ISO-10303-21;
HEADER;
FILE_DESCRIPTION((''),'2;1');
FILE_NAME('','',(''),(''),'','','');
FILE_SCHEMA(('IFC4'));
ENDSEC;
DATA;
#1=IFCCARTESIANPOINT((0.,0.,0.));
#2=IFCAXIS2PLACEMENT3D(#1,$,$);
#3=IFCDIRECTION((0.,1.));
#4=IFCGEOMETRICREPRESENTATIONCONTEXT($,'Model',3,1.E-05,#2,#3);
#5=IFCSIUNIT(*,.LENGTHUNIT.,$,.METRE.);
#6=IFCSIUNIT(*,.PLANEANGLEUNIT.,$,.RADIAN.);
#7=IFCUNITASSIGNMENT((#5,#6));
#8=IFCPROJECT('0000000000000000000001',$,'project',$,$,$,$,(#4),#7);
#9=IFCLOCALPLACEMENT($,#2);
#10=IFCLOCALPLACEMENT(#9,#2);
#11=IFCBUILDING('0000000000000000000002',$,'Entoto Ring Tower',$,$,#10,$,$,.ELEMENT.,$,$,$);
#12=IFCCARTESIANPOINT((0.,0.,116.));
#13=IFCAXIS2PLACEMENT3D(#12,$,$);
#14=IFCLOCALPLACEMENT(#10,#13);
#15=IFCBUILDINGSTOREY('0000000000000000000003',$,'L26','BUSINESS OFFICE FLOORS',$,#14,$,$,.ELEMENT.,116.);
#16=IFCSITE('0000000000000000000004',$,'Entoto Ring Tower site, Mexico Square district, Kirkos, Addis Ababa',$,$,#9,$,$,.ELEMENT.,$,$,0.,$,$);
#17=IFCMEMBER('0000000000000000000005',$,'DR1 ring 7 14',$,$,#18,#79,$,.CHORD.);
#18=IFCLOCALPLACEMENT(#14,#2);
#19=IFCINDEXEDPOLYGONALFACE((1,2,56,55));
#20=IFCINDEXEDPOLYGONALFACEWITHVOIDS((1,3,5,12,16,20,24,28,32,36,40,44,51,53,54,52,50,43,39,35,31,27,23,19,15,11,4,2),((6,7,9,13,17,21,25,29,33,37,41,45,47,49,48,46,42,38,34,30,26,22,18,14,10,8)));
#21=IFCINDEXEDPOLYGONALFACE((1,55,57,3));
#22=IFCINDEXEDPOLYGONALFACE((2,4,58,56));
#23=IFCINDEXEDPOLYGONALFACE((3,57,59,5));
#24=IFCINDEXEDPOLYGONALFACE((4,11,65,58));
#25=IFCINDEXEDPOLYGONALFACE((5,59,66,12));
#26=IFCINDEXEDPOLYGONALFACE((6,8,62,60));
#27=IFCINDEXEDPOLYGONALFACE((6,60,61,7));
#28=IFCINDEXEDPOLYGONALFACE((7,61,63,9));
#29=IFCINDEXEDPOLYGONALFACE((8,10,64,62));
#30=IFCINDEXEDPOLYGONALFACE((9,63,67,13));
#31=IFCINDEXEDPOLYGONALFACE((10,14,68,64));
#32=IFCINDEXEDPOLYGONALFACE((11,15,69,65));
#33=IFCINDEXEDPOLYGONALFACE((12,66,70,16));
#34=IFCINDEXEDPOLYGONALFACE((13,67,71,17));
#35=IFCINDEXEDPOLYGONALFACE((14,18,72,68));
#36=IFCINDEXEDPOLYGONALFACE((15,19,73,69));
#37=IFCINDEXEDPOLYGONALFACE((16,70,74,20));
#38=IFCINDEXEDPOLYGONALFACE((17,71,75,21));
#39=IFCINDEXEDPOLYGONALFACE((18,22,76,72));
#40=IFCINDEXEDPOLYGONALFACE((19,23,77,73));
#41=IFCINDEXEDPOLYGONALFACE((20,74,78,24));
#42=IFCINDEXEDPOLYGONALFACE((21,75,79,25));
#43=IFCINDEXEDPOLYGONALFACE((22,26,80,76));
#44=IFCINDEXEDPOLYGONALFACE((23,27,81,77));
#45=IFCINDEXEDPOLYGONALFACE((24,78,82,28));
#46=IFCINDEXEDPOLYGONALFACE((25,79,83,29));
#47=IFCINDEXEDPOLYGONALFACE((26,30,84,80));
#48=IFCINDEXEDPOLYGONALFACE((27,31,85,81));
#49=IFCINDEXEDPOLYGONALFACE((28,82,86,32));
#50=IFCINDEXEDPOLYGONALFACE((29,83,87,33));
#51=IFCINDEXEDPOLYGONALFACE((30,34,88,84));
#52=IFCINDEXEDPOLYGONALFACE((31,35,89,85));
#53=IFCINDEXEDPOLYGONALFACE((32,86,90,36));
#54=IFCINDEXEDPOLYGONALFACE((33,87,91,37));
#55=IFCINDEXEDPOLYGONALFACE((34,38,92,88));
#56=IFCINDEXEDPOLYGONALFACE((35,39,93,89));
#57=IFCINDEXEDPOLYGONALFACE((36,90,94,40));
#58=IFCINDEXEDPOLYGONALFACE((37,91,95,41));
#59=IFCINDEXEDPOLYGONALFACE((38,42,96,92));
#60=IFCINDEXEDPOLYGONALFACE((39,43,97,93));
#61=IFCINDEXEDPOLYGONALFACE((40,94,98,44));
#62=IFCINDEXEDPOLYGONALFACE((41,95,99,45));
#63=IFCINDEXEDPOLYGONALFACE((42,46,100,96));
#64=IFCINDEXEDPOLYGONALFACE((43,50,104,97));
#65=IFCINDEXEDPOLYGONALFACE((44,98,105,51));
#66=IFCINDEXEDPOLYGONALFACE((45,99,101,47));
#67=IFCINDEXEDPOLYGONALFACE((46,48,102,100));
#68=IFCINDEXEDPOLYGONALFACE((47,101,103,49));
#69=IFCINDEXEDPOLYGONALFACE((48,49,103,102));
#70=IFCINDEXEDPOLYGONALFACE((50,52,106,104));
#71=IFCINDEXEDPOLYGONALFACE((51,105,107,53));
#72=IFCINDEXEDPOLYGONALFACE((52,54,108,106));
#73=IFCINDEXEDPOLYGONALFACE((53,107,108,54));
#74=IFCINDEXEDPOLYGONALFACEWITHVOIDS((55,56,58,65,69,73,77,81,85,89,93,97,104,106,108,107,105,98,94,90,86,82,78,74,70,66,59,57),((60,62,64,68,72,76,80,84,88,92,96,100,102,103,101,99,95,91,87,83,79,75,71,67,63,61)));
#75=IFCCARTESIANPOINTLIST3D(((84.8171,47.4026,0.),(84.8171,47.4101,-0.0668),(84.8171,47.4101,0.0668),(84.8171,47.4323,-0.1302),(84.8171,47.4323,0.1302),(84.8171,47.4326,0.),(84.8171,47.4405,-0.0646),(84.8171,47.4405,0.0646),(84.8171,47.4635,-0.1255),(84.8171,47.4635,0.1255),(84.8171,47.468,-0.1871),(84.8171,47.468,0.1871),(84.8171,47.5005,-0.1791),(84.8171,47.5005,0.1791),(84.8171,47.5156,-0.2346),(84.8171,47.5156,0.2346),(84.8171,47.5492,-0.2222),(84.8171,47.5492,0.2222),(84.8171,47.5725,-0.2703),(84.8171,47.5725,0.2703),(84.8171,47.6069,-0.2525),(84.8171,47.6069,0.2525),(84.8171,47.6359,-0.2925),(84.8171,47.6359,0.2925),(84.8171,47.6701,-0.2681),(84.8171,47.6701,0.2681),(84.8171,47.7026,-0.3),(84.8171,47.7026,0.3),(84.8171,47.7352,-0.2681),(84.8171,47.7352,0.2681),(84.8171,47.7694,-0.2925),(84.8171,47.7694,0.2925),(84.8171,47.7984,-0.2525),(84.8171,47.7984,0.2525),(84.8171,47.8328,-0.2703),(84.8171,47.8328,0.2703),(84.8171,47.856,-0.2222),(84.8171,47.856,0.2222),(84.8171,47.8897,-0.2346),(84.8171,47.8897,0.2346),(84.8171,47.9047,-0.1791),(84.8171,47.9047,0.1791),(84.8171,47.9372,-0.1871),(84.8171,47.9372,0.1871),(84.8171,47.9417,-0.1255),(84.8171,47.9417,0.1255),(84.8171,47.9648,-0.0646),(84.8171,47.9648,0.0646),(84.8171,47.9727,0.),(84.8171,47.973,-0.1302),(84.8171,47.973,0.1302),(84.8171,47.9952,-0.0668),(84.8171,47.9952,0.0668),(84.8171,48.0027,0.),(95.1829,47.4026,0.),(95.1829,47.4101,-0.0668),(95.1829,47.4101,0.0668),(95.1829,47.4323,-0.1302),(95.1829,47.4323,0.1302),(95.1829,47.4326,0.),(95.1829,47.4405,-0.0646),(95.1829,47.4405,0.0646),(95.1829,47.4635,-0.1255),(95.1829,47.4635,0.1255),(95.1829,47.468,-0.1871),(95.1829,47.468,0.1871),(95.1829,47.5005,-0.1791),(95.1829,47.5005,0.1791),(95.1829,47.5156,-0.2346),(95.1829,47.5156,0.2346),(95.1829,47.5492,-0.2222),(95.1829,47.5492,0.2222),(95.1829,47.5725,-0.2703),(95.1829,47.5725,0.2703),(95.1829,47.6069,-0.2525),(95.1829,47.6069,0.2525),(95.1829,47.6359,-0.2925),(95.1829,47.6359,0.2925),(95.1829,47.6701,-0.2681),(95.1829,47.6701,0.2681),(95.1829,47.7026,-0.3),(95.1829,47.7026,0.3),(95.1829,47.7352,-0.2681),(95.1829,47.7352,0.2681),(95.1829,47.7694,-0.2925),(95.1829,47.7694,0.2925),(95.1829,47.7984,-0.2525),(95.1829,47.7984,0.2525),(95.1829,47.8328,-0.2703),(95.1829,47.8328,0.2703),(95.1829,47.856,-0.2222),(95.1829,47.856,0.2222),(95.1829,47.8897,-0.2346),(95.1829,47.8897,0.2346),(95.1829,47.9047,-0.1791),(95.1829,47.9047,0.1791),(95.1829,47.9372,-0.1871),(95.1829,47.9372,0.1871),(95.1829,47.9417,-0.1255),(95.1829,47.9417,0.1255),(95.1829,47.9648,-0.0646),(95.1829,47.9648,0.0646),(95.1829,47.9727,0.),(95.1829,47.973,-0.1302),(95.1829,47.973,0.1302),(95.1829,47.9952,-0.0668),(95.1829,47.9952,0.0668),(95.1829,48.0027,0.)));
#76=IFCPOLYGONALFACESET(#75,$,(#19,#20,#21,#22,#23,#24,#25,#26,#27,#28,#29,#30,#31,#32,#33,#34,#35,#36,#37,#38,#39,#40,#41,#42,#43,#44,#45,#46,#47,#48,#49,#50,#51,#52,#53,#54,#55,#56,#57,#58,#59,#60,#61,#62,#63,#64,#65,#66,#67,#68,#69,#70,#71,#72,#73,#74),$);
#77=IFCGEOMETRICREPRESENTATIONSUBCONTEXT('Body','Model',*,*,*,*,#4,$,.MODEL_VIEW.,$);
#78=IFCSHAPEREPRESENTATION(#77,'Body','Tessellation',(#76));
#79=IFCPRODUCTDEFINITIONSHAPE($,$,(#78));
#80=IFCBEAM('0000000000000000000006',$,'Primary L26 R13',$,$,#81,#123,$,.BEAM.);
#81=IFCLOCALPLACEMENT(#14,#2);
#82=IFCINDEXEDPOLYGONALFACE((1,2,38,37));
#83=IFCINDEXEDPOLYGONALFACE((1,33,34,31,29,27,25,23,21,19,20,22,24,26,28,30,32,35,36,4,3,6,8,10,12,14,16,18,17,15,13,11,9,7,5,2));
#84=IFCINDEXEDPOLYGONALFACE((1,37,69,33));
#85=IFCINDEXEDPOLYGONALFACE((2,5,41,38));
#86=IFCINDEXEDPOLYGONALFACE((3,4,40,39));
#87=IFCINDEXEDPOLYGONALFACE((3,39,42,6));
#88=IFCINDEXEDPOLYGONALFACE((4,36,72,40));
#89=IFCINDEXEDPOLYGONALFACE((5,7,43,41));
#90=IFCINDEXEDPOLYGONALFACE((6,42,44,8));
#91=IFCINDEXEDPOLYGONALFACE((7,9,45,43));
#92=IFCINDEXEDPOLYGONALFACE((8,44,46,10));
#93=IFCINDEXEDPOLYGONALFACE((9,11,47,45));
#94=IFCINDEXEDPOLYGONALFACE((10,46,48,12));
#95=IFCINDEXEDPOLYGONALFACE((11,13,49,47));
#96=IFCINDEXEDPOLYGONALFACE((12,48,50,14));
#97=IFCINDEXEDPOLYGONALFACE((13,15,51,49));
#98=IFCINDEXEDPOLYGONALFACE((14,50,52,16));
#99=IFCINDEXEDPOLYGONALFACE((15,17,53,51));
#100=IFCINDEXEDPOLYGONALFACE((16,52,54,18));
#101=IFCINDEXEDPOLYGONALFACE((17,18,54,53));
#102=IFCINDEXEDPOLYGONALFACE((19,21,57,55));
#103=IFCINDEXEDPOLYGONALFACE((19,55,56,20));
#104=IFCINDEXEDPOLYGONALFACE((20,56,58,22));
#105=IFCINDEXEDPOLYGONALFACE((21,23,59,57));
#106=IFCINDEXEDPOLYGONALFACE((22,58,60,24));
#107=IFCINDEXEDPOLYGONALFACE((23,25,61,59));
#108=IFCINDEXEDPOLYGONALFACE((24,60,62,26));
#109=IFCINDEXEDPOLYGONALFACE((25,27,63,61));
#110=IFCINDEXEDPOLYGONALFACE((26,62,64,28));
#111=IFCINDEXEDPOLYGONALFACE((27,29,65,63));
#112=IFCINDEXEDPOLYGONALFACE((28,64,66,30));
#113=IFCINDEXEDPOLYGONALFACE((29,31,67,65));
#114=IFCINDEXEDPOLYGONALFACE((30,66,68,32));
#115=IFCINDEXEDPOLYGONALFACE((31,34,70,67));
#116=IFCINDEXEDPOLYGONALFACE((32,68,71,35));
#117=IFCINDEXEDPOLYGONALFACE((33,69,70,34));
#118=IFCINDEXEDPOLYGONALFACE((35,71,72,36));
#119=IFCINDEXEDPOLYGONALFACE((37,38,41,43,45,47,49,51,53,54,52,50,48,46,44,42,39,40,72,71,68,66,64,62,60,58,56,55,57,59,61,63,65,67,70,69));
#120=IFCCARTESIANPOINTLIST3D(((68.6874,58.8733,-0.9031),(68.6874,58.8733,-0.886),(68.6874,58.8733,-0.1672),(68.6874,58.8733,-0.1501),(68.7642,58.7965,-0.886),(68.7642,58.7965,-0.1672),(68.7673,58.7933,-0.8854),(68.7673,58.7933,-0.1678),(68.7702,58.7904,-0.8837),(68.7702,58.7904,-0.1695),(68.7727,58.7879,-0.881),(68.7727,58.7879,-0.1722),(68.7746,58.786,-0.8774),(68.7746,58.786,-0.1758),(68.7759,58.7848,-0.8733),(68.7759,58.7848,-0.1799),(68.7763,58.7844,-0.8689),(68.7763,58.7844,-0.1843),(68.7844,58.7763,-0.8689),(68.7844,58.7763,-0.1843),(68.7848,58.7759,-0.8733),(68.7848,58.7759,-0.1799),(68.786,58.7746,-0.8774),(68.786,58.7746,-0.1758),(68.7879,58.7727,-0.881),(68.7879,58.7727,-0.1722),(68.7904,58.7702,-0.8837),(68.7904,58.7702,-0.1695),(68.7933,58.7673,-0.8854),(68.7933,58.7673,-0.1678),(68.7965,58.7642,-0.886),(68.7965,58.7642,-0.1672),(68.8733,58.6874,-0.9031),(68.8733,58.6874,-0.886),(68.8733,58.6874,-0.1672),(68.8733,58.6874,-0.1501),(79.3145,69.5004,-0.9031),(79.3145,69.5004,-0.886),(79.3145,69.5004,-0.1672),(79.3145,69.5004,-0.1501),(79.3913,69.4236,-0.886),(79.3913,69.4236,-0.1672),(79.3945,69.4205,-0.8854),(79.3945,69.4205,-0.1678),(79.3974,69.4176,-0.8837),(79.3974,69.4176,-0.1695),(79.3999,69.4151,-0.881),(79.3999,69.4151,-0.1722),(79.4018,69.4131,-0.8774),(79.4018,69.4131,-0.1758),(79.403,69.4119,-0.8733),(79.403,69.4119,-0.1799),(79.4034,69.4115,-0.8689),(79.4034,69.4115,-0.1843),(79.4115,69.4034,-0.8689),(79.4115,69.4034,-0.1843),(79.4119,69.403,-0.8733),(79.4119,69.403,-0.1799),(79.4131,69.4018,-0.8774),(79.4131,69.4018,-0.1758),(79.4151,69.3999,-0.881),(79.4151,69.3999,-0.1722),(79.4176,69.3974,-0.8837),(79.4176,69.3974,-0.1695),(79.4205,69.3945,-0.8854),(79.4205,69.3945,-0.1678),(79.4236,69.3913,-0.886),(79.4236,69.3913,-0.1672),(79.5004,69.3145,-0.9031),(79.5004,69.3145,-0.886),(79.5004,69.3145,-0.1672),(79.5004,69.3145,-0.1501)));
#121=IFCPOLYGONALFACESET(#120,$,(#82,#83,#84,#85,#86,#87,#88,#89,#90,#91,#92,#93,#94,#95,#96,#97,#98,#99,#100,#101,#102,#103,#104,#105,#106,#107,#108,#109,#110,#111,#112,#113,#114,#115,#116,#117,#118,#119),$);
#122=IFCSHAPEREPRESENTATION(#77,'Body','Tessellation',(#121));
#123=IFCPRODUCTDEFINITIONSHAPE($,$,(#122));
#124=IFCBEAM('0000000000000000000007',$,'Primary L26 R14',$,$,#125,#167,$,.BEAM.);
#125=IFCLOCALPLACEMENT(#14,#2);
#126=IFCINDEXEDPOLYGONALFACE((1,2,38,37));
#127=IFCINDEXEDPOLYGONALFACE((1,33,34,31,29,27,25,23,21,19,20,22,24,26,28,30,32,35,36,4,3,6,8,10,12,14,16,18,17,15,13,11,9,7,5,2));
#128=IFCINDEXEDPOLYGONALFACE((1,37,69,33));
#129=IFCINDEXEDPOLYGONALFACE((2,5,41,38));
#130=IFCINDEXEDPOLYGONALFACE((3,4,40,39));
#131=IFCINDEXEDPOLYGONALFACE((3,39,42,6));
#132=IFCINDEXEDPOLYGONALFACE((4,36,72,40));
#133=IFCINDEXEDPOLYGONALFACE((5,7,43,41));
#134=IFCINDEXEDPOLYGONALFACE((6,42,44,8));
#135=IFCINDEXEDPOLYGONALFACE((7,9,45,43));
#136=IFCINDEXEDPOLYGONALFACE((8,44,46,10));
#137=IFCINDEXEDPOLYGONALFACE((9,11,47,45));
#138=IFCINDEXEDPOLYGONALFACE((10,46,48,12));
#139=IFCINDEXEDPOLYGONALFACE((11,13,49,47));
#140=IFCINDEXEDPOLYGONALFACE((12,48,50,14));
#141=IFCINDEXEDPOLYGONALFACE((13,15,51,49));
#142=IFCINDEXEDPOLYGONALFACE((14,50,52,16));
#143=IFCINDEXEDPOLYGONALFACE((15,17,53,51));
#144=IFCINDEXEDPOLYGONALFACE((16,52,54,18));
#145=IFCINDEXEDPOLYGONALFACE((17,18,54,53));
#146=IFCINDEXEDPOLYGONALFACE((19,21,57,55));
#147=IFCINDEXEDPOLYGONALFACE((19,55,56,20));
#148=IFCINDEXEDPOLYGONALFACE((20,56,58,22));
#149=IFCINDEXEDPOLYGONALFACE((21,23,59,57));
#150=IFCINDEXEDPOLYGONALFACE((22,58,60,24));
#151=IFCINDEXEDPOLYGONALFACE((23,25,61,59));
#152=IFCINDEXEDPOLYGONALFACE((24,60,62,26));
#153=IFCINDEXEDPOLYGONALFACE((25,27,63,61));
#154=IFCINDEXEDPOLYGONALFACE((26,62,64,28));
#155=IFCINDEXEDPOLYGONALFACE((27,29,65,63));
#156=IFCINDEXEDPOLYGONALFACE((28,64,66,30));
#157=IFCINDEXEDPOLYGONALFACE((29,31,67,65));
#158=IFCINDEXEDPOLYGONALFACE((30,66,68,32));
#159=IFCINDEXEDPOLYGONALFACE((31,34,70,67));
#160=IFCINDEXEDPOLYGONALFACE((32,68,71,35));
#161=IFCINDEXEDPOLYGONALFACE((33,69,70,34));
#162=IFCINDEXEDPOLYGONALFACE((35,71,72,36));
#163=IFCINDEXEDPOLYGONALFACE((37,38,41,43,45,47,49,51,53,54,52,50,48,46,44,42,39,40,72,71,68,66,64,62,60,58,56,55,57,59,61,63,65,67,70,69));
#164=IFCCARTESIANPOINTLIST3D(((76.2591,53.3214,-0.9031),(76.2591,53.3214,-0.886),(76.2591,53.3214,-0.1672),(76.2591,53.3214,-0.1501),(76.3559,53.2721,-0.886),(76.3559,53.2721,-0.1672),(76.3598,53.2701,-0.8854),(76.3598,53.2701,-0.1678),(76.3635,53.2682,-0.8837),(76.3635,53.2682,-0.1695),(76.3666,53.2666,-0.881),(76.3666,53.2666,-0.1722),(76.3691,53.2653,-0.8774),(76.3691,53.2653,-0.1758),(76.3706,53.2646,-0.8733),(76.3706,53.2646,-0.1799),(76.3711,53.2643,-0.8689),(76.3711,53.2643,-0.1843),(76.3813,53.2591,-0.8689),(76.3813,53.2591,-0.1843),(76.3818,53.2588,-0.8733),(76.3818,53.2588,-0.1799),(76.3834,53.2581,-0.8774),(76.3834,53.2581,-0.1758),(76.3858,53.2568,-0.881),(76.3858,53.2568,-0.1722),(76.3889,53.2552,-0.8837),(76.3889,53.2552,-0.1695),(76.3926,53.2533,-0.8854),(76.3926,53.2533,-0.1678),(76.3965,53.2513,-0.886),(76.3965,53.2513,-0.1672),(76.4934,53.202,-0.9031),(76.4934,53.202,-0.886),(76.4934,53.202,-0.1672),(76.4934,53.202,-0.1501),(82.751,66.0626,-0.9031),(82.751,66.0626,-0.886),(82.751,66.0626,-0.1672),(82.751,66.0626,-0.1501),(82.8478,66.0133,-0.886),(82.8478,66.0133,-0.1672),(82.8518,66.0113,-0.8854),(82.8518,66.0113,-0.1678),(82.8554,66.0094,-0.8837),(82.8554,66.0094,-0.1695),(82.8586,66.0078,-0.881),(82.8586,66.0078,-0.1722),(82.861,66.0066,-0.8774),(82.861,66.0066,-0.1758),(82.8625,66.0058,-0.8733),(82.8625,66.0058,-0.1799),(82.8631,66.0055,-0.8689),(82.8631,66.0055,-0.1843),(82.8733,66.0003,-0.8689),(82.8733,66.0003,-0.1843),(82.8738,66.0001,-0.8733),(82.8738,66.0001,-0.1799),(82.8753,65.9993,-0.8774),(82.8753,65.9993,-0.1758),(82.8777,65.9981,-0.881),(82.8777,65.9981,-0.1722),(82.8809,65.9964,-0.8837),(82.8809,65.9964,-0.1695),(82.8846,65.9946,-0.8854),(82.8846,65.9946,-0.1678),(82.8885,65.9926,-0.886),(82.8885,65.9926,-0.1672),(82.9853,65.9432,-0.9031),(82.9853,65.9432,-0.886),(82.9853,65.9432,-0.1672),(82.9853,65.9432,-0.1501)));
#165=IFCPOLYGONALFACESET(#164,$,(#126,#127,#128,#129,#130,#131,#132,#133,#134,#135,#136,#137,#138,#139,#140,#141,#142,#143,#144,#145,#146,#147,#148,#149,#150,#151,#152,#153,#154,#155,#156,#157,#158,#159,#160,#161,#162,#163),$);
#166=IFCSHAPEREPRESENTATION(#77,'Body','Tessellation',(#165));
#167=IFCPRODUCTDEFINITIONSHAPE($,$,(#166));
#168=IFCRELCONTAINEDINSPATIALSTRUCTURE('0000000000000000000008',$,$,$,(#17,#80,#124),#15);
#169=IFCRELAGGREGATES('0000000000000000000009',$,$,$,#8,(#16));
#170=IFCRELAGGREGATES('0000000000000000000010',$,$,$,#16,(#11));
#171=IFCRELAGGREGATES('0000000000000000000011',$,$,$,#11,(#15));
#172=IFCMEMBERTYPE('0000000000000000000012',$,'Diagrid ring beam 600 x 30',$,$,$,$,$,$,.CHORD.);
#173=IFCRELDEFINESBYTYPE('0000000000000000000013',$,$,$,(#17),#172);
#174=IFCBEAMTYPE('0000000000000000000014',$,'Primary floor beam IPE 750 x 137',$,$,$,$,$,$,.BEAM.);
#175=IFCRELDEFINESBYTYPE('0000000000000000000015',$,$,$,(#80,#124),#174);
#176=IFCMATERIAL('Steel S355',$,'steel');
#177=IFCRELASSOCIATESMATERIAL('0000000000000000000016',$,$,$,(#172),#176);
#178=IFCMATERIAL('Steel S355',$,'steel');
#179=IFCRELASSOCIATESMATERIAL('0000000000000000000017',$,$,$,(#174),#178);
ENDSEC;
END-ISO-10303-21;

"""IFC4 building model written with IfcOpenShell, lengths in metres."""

from ifc_helpers import new_model, si_unit, direction, frame, origin, origin_2d, place, context, subcontext, project, spatial, circle, hollow_circle, i_section, extrude, material, material_profile, profile_set, type_object, element, save


model = new_model("IFC4")

# Units and contexts
model_context = context("Model", 3, precision=1e-05, world=origin(), true_north=direction((0.0, 1.0)))
body_context = subcontext(model_context, "Body", "Model", "MODEL_VIEW")
ifc_project = project(units=[si_unit("LENGTHUNIT", "METRE"), si_unit("PLANEANGLEUNIT", "RADIAN")], contexts=[model_context])

# Site, building, storey
site_placement = place(None, origin())
site = spatial("IfcSite", under=ifc_project, at=site_placement, Name="Entoto Ring Tower site, Mexico Square district, Kirkos, Addis Ababa", CompositionType="ELEMENT", RefElevation=0.0)
building_placement = place(site_placement, origin())
building = spatial("IfcBuilding", under=site, at=building_placement, Name="Entoto Ring Tower", CompositionType="ELEMENT")
storey_placement = place(building_placement, frame((0.0, 0.0, 116.0)))
storey = spatial("IfcBuildingStorey", under=building, at=storey_placement, Name="L26", Description="BUSINESS OFFICE FLOORS", CompositionType="ELEMENT", Elevation=116.0)

# Member
ifc_material_1 = material(Name="Steel S355", Category="steel")
ifc_material_profile_1 = material_profile(ifc_material_1, hollow_circle(Radius=0.3, WallThickness=0.03, at=origin_2d()), Name="CHS 600 x 30")
ifc_material_2 = material(Name="Concrete C60/75", Category="concrete")
ifc_material_profile_2 = material_profile(ifc_material_2, circle(Radius=0.27, at=origin_2d()), Name="Concrete C60/75 infill")
ifc_profile_set_1 = profile_set([ifc_material_profile_1, ifc_material_profile_2], Name="Steel S355")
member_type = type_object("IfcMemberType", Name="Diagrid ring beam 600 x 30", PredefinedType="CHORD", material=ifc_profile_set_1)
member_placement = place(storey_placement, frame((84.8171, 47.7026, 0.0), z_axis=(1.0, 0.0, 0.0), x_axis=(0.0, 1.0, 0.0)))
element("IfcMember", 1, at=member_placement, inside=storey, type_object=member_type, Name="DR1 ring 7 14", PredefinedType="CHORD", context=body_context, shape_type="SweptSolid", body=[
    extrude(hollow_circle(Radius=0.3, WallThickness=0.03, at=origin_2d()), origin(), (0.0, 0.0, 1.0), 10.3657),
])

# Beams
ifc_material_3 = material(Name="Steel S355", Category="steel")
ifc_material_profile_3 = material_profile(ifc_material_3, i_section(OverallWidth=0.2629, OverallDepth=0.7529, WebThickness=0.0115, FlangeThickness=0.0171, FilletRadius=0.0171, at=origin_2d()), Name="IPE 750 x 137")
ifc_profile_set_2 = profile_set([ifc_material_profile_3], Name="Steel S355")
beam_type_1 = type_object("IfcBeamType", Name="Primary floor beam IPE 750 x 137", PredefinedType="BEAM", material=ifc_profile_set_2)
beam_1_placement = place(storey_placement, frame((79.4075, 69.4075, -0.5266), z_axis=(-0.707107, -0.707107, 0.0), x_axis=(0.707107, -0.707107, 0.0)))
element("IfcBeam", 2, at=beam_1_placement, inside=storey, type_object=beam_type_1, Name="Primary L26 R13", PredefinedType="BEAM", context=body_context, shape_type="SweptSolid", body=[
    extrude(i_section(OverallWidth=0.2629, OverallDepth=0.7529, WebThickness=0.0115, FlangeThickness=0.0171, FilletRadius=0.0171, at=origin_2d()), origin(), (0.0, 0.0, 1.0), 15.0291),
])
beam_2_placement = place(storey_placement, frame((82.8682, 66.0029, -0.5266), z_axis=(-0.453989, -0.891007, 0.0), x_axis=(0.891007, -0.453989, 0.0)))
element("IfcBeam", 3, at=beam_2_placement, inside=storey, type_object=beam_type_1, Name="Primary L26 R14", PredefinedType="BEAM", context=body_context, shape_type="SweptSolid", body=[
    extrude(i_section(OverallWidth=0.2629, OverallDepth=0.7529, WebThickness=0.0115, FlangeThickness=0.0171, FilletRadius=0.0171, at=origin_2d()), origin(), (0.0, 0.0, 1.0), 14.2998),
])

save(model, "model.ifc")
